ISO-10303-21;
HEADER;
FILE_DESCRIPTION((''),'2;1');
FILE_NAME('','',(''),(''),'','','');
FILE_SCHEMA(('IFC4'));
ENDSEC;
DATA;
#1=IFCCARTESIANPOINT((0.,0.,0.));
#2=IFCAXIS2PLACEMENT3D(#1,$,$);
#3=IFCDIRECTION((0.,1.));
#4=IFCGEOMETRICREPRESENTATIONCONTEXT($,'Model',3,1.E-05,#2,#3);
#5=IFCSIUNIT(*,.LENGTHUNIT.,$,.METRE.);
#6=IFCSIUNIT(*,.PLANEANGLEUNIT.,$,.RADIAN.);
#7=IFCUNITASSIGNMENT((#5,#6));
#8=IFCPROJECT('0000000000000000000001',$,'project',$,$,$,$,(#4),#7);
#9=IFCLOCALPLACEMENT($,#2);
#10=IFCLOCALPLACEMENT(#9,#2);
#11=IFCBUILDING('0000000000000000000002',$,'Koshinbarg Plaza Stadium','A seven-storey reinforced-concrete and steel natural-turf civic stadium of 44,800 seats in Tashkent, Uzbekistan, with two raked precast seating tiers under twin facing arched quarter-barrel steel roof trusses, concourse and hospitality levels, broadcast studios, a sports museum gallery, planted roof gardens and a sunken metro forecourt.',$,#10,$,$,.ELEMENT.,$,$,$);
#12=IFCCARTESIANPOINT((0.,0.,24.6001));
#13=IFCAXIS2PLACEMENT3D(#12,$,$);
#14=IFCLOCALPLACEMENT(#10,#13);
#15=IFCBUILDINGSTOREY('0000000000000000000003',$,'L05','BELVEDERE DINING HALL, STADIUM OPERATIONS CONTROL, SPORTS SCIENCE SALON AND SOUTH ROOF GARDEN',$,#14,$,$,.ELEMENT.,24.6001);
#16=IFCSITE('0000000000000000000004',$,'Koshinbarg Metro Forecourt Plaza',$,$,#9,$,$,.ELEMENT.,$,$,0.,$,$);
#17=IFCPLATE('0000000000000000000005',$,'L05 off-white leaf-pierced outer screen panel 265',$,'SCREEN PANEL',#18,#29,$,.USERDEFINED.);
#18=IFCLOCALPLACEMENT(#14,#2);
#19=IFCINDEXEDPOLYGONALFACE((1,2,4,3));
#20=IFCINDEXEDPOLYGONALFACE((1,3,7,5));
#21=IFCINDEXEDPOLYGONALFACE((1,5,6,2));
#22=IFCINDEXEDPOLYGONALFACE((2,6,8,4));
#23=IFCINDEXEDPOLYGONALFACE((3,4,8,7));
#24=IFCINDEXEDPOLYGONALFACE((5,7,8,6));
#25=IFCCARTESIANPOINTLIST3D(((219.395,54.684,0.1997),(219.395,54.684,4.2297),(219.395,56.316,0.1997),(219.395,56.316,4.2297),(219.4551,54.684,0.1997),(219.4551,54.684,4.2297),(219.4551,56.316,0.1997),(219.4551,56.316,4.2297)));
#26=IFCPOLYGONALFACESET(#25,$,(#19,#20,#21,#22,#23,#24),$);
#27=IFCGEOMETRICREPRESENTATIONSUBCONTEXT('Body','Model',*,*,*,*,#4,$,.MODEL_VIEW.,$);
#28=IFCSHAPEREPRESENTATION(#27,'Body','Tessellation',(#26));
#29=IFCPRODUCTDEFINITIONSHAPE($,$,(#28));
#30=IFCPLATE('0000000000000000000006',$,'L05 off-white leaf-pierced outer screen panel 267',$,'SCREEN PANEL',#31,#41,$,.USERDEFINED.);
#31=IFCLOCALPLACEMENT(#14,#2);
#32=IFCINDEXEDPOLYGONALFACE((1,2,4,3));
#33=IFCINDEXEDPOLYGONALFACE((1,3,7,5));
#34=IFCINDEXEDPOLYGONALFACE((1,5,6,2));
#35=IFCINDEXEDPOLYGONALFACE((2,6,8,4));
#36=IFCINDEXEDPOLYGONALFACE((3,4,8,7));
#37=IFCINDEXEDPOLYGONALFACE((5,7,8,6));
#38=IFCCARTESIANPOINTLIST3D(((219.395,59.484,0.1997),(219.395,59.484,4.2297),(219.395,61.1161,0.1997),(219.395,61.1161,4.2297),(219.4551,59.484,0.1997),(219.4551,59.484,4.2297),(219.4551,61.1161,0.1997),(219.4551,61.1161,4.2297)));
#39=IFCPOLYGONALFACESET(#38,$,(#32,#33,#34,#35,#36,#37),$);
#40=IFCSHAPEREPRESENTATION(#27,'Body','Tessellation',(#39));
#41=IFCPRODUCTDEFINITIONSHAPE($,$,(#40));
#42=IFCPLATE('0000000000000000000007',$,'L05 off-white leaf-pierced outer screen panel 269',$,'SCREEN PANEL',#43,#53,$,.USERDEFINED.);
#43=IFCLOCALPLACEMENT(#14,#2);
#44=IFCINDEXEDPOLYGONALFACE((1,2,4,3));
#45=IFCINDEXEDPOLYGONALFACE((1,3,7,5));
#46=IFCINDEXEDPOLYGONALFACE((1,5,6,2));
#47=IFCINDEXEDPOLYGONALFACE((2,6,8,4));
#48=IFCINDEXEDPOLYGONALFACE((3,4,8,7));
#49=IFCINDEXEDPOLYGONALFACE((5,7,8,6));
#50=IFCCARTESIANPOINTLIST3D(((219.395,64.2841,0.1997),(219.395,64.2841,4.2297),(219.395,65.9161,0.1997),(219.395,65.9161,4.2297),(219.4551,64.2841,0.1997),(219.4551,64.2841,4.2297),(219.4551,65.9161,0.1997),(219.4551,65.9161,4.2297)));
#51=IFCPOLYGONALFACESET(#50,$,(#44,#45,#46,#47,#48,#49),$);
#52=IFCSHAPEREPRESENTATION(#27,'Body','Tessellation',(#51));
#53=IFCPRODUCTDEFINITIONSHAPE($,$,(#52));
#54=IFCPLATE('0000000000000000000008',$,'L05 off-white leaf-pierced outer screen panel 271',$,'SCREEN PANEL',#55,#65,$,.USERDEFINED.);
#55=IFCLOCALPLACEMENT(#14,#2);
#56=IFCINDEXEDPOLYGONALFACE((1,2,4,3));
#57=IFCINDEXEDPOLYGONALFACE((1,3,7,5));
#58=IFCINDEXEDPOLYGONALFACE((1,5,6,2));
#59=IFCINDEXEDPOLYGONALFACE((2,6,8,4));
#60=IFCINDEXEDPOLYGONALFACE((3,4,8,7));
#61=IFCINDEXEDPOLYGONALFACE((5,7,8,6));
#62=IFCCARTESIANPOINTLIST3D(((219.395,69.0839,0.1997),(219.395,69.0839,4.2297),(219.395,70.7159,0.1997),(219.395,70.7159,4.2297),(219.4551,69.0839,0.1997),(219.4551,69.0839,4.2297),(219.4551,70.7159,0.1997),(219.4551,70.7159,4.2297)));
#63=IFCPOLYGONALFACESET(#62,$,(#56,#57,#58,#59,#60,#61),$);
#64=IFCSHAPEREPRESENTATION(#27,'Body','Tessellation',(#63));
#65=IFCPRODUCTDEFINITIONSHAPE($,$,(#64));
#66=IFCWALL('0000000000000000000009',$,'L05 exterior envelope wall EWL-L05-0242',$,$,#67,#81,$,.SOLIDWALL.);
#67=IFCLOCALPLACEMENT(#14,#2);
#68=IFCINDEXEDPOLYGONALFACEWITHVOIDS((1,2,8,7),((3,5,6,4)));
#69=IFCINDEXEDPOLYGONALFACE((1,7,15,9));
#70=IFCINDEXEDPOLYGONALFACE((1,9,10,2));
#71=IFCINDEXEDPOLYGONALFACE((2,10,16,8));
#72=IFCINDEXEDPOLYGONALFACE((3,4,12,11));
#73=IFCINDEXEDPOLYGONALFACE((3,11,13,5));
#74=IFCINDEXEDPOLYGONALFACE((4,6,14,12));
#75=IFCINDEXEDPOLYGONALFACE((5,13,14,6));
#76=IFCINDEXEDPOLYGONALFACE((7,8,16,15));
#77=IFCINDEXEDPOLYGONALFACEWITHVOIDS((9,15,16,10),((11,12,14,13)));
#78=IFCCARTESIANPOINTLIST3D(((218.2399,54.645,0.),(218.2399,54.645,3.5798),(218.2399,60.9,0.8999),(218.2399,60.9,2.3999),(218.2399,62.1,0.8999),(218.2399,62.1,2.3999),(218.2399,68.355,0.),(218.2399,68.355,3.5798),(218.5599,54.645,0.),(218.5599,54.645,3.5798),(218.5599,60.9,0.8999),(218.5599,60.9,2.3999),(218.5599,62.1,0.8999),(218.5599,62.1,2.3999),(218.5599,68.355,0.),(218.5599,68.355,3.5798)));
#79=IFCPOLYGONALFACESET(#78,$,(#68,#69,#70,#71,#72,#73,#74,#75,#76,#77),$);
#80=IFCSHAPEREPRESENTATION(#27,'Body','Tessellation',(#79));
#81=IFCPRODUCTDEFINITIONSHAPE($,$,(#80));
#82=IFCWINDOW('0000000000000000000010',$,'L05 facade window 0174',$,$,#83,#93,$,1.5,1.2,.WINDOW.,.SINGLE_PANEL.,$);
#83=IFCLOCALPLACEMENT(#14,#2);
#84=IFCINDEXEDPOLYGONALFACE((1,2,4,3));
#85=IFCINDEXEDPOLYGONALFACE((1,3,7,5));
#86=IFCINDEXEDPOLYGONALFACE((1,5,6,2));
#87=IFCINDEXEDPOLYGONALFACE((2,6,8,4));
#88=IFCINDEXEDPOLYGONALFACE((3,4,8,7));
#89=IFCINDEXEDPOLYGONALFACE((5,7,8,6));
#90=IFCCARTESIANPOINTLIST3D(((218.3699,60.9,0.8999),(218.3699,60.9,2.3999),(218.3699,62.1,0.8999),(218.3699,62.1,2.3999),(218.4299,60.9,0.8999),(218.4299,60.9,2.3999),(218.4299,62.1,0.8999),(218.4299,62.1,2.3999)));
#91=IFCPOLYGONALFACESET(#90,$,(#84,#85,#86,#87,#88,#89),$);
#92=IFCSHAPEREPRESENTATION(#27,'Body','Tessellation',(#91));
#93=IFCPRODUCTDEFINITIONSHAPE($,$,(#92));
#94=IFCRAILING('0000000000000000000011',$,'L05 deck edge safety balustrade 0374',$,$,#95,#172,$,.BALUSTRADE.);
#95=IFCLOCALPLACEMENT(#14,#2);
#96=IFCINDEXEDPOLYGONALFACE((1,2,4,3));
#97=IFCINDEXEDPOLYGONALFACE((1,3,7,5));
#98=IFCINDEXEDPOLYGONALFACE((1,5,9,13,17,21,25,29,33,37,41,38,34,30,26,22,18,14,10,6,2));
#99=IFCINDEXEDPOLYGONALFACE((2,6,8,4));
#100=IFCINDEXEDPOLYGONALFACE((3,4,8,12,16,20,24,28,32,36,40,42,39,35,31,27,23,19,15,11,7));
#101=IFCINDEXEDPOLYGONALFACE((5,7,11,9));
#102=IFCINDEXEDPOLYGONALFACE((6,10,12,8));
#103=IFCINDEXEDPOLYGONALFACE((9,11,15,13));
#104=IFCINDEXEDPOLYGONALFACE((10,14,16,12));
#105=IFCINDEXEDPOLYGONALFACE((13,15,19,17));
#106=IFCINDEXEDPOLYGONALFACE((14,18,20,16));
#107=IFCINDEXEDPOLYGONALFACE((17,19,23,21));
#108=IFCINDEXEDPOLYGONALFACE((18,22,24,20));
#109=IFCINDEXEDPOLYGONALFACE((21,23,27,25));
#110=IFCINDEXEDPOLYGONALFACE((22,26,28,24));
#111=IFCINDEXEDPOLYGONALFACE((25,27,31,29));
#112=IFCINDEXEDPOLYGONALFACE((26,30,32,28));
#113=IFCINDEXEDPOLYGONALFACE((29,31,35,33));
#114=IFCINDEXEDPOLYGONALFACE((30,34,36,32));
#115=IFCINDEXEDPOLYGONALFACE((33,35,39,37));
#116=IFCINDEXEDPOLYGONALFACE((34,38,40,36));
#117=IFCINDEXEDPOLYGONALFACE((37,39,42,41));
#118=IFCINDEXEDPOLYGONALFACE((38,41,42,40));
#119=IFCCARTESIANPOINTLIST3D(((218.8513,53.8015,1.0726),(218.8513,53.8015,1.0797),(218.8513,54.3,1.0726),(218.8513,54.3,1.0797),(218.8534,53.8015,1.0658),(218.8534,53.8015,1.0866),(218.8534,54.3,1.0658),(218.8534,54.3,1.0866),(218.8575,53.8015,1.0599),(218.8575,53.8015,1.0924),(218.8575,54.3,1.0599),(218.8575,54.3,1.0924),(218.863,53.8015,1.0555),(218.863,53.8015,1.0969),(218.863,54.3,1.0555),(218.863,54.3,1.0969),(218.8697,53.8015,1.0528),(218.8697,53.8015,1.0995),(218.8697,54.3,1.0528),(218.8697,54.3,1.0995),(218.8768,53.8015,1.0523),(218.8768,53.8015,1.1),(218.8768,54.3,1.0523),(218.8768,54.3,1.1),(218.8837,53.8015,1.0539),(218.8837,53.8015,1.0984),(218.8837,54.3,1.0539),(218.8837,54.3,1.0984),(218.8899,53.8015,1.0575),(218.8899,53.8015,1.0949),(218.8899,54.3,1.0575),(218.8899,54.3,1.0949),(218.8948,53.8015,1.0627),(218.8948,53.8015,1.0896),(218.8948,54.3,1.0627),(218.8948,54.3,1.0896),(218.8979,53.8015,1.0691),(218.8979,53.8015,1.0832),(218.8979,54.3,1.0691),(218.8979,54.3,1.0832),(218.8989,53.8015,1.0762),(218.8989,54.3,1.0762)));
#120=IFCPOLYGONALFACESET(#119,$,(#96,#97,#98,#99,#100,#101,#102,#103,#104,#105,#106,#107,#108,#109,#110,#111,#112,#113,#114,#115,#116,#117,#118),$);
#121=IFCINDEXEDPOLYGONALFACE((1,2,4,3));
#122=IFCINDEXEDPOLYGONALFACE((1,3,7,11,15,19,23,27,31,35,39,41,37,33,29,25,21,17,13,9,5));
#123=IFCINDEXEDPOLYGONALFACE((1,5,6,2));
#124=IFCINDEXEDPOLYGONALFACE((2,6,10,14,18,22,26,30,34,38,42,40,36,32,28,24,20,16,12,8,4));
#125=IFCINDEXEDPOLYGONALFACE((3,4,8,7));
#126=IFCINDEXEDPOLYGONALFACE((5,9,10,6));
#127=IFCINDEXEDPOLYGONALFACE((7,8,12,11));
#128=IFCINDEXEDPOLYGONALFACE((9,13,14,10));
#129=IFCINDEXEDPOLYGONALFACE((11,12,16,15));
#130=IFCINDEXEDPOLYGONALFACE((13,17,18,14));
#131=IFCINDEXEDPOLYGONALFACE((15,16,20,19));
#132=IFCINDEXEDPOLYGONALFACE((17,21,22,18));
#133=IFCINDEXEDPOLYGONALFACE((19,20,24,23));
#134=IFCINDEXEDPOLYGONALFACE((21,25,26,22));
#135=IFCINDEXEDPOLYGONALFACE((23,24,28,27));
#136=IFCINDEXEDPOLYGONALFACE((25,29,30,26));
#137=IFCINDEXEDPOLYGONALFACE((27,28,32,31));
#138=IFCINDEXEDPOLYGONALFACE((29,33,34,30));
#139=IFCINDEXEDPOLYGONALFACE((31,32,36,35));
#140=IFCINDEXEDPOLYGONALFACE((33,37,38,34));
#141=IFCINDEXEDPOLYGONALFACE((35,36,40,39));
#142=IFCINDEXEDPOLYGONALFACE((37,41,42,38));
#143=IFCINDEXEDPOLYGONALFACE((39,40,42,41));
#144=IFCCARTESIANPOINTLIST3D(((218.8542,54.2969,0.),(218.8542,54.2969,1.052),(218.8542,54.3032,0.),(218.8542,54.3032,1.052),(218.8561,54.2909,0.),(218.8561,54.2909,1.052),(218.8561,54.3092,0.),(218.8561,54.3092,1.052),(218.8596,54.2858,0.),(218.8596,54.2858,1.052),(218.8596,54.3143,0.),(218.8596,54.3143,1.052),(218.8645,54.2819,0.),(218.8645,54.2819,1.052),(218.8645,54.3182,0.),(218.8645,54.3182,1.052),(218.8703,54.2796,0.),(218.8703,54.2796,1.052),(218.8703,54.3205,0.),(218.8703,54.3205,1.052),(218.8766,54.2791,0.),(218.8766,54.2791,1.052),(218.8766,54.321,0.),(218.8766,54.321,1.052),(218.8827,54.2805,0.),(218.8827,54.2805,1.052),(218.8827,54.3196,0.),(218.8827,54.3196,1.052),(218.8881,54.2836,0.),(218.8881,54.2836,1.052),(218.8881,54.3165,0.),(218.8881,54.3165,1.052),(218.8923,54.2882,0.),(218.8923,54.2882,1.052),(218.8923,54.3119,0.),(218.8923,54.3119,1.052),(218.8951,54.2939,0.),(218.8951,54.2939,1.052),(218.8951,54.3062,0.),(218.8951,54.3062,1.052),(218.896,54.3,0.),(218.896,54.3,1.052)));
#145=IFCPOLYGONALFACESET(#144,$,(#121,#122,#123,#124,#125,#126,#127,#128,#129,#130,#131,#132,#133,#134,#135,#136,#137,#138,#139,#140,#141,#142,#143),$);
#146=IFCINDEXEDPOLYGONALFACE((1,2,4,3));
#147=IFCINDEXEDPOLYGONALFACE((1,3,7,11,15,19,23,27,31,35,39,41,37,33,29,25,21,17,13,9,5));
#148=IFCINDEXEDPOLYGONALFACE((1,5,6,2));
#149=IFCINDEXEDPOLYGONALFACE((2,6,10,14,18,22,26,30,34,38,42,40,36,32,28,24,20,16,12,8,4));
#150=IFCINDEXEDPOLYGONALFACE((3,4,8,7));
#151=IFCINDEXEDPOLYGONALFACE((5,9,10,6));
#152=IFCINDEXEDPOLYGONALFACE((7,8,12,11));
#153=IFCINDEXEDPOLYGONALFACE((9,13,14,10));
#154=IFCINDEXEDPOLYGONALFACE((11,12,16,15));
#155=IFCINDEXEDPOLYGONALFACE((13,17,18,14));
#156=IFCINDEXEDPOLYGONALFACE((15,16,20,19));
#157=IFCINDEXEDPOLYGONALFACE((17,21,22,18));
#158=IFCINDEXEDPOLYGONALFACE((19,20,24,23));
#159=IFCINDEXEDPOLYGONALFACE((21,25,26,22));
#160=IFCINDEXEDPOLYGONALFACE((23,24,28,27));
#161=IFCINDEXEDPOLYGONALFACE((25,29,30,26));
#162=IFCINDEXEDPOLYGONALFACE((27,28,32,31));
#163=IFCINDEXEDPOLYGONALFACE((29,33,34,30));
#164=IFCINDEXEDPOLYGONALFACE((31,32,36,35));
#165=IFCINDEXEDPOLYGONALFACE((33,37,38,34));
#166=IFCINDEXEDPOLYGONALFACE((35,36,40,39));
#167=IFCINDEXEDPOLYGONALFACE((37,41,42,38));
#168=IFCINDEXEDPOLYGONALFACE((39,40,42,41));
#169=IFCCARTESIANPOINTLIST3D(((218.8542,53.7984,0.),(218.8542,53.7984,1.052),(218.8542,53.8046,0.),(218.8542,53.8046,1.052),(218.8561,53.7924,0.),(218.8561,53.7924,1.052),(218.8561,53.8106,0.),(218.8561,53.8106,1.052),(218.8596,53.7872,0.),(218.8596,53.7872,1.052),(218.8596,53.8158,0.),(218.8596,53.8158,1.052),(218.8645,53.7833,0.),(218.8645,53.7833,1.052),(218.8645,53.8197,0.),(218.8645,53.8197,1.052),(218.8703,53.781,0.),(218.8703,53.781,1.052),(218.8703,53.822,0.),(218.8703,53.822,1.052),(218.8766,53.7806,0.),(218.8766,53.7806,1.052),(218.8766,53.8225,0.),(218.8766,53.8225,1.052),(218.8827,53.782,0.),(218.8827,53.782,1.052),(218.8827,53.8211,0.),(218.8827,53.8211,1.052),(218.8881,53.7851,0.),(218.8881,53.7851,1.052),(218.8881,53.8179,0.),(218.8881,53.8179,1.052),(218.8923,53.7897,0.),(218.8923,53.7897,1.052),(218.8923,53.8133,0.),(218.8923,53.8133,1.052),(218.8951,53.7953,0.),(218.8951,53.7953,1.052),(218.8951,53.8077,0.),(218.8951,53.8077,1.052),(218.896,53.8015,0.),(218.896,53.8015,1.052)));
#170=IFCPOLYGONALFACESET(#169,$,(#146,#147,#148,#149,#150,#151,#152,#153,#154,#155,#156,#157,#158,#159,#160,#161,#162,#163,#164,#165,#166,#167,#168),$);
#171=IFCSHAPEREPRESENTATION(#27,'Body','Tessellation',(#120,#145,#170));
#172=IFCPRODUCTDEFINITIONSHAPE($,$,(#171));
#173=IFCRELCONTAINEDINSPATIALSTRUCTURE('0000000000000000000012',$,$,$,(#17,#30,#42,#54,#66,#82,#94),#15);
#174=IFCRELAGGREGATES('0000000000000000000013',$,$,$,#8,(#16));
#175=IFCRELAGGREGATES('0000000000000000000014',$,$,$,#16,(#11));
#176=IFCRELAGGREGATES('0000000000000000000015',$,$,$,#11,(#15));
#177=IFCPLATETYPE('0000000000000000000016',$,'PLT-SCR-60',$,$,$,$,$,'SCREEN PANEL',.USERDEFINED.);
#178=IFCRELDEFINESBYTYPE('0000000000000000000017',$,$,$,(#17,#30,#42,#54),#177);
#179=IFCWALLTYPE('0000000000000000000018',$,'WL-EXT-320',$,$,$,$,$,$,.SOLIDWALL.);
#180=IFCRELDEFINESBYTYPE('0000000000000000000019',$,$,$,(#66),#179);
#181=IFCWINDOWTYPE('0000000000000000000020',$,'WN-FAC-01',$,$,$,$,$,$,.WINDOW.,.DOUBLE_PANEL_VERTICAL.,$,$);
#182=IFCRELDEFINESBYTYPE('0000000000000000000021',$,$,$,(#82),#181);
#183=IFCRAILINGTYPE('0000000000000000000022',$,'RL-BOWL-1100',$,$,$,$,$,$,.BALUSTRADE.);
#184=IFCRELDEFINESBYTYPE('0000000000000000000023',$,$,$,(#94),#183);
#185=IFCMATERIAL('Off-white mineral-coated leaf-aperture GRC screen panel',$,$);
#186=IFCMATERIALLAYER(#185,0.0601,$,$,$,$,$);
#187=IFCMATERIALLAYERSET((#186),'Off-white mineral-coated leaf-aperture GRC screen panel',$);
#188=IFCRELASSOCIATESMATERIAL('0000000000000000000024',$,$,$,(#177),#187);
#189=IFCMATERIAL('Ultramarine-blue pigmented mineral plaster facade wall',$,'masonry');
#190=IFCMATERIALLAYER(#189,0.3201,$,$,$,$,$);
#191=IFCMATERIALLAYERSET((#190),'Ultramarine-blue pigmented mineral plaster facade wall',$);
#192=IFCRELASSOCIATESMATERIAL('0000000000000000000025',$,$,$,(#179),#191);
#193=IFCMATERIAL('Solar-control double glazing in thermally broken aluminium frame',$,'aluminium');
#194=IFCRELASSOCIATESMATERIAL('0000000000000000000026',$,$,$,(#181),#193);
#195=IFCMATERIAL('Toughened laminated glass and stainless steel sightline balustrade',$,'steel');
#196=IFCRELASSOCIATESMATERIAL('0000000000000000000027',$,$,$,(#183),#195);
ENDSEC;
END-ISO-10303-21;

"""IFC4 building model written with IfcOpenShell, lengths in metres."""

from ifc_helpers import new_model, si_unit, direction, frame, frame_2d, origin, origin_2d, place, context, subcontext, project, spatial, rectangle, circle, extrude, material, layer, layer_set, type_object, element, fill, save


model = new_model("IFC4")

# Units and contexts
model_context = context("Model", 3, precision=1e-05, world=origin(), true_north=direction((0.0, 1.0)))
body_context = subcontext(model_context, "Body", "Model", "MODEL_VIEW")
ifc_project = project(units=[si_unit("LENGTHUNIT", "METRE"), si_unit("PLANEANGLEUNIT", "RADIAN")], contexts=[model_context])

# Site, building, storey
site_placement = place(None, origin())
site = spatial("IfcSite", under=ifc_project, at=site_placement, Name="Koshinbarg Metro Forecourt Plaza", CompositionType="ELEMENT", RefElevation=0.0)
building_placement = place(site_placement, origin())
building = spatial("IfcBuilding", under=site, at=building_placement, Name="Koshinbarg Plaza Stadium", Description="A seven-storey reinforced-concrete and steel natural-turf civic stadium of 44,800 seats in Tashkent, Uzbekistan, with two raked precast seating tiers under twin facing arched quarter-barrel steel roof trusses, concourse and hospitality levels, broadcast studios, a sports museum gallery, planted roof gardens and a sunken metro forecourt.", CompositionType="ELEMENT")
storey_placement = place(building_placement, frame((0.0, 0.0, 24.6001)))
storey = spatial("IfcBuildingStorey", under=building, at=storey_placement, Name="L05", Description="BELVEDERE DINING HALL, STADIUM OPERATIONS CONTROL, SPORTS SCIENCE SALON AND SOUTH ROOF GARDEN", CompositionType="ELEMENT", Elevation=24.6001)

# Plates
ifc_material_1 = material(Name="Off-white mineral-coated leaf-aperture GRC screen panel")
ifc_layer_1 = layer(ifc_material_1, 0.0601)
ifc_layer_set_1 = layer_set([ifc_layer_1], Name="Off-white mineral-coated leaf-aperture GRC screen panel")
plate_type_1 = type_object("IfcPlateType", Name="PLT-SCR-60", ElementType="SCREEN PANEL", PredefinedType="USERDEFINED", material=ifc_layer_set_1)
for number, where, z_axis, x_axis, name in (
    (1, (219.425, 55.5, 0.1997), (0.0, 0.0, 1.0), (1.0, 0.0, 0.0), "L05 off-white leaf-pierced outer screen panel 265"),
    (2, (219.425, 60.3, 0.1997), (0.0, 0.0, 1.0), (1.0, 0.0, 0.0), "L05 off-white leaf-pierced outer screen panel 267"),
    (3, (219.425, 65.1001, 0.1997), (0.0, 0.0, 1.0), (1.0, 0.0, 0.0), "L05 off-white leaf-pierced outer screen panel 269"),
    (4, (219.425, 69.8999, 0.1997), (0.0, 0.0, 1.0), (1.0, 0.0, 0.0), "L05 off-white leaf-pierced outer screen panel 271"),
):
    element("IfcPlate", number, at=place(storey_placement, frame(where, z_axis=z_axis, x_axis=x_axis)), inside=storey, type_object=plate_type_1, Name=name, ObjectType="SCREEN PANEL", PredefinedType="USERDEFINED", context=body_context, shape_type="SweptSolid", body=[
        extrude(rectangle(XDim=0.0601, YDim=1.6321, at=origin_2d()), origin(), (0.0, 0.0, 1.0), 4.03),
    ])

# Wall, opening, window
ifc_material_2 = material(Name="Ultramarine-blue pigmented mineral plaster facade wall", Category="masonry")
ifc_layer_2 = layer(ifc_material_2, 0.3201)
ifc_layer_set_2 = layer_set([ifc_layer_2], Name="Ultramarine-blue pigmented mineral plaster facade wall")
wall_type = type_object("IfcWallType", Name="WL-EXT-320", PredefinedType="SOLIDWALL", material=ifc_layer_set_2)
wall_placement = place(storey_placement, frame((218.3999, 68.355, 0.0), z_axis=(0.0, 0.0, 1.0), x_axis=(0.0, -1.0, 0.0)))
wall = element("IfcWall", 5, at=wall_placement, inside=storey, type_object=wall_type, Name="L05 exterior envelope wall EWL-L05-0242", PredefinedType="SOLIDWALL", context=body_context, shape_type="SweptSolid", body=[
    extrude(rectangle(XDim=13.71, YDim=0.3201, at=frame_2d((6.855, 0.0))), origin(), (0.0, 0.0, 1.0), 3.5798),
])
opening_placement = place(wall_placement, frame((6.2549, 0.0, 0.8999)))
opening = element("IfcOpeningElement", 6, at=opening_placement, cuts=wall, PredefinedType="OPENING", context=body_context, shape_type="SweptSolid", body=[
    extrude(rectangle(XDim=1.2, YDim=1.5, at=frame_2d((0.6001, 0.75))), frame((0.0, 0.1699, 0.0), z_axis=(0.0, -1.0, 0.0), x_axis=(1.0, 0.0, 0.0)), (0.0, 0.0, 1.0), 0.3401),
])
ifc_material_3 = material(Name="Solar-control double glazing in thermally broken aluminium frame", Category="aluminium")
window_type = type_object("IfcWindowType", Name="WN-FAC-01", PartitioningType="DOUBLE_PANEL_VERTICAL", PredefinedType="WINDOW", material=ifc_material_3)
window_placement = place(opening_placement, origin())
window = element("IfcWindow", 7, at=window_placement, inside=storey, type_object=window_type, Name="L05 facade window 0174", OverallHeight=1.5, OverallWidth=1.2, PartitioningType="SINGLE_PANEL", PredefinedType="WINDOW", context=body_context, shape_type="SweptSolid", body=[
    extrude(rectangle(XDim=1.2, YDim=1.5, at=frame_2d((0.6001, 0.75))), frame((0.0, 0.03, 0.0), z_axis=(0.0, -1.0, 0.0), x_axis=(1.0, 0.0, 0.0)), (0.0, 0.0, 1.0), 0.0601),
])
fill(opening, window)

# Railing
ifc_material_4 = material(Name="Toughened laminated glass and stainless steel sightline balustrade", Category="steel")
railing_type = type_object("IfcRailingType", Name="RL-BOWL-1100", PredefinedType="BALUSTRADE", material=ifc_material_4)
railing_1_placement = place(storey_placement, frame((218.875, 54.3, 0.0)))
element("IfcRailing", 8, at=railing_1_placement, inside=storey, type_object=railing_type, Name="L05 deck edge safety balustrade 0374", PredefinedType="BALUSTRADE", context=body_context, shape_type="SweptSolid", body=[
    extrude(circle(Radius=0.0239, at=origin_2d()), frame((0.0, 0.0, 1.0762), z_axis=(0.0, -1.0, 0.0), x_axis=(1.0, 0.0, 0.0)), (0.0, 0.0, 1.0), 0.4985),
    extrude(circle(Radius=0.021, at=origin_2d()), origin(), (0.0, 0.0, 1.0), 1.052),
    extrude(circle(Radius=0.021, at=origin_2d()), frame((0.0, -0.4985, 0.0)), (0.0, 0.0, 1.0), 1.052),
])

save(model, "model.ifc")
